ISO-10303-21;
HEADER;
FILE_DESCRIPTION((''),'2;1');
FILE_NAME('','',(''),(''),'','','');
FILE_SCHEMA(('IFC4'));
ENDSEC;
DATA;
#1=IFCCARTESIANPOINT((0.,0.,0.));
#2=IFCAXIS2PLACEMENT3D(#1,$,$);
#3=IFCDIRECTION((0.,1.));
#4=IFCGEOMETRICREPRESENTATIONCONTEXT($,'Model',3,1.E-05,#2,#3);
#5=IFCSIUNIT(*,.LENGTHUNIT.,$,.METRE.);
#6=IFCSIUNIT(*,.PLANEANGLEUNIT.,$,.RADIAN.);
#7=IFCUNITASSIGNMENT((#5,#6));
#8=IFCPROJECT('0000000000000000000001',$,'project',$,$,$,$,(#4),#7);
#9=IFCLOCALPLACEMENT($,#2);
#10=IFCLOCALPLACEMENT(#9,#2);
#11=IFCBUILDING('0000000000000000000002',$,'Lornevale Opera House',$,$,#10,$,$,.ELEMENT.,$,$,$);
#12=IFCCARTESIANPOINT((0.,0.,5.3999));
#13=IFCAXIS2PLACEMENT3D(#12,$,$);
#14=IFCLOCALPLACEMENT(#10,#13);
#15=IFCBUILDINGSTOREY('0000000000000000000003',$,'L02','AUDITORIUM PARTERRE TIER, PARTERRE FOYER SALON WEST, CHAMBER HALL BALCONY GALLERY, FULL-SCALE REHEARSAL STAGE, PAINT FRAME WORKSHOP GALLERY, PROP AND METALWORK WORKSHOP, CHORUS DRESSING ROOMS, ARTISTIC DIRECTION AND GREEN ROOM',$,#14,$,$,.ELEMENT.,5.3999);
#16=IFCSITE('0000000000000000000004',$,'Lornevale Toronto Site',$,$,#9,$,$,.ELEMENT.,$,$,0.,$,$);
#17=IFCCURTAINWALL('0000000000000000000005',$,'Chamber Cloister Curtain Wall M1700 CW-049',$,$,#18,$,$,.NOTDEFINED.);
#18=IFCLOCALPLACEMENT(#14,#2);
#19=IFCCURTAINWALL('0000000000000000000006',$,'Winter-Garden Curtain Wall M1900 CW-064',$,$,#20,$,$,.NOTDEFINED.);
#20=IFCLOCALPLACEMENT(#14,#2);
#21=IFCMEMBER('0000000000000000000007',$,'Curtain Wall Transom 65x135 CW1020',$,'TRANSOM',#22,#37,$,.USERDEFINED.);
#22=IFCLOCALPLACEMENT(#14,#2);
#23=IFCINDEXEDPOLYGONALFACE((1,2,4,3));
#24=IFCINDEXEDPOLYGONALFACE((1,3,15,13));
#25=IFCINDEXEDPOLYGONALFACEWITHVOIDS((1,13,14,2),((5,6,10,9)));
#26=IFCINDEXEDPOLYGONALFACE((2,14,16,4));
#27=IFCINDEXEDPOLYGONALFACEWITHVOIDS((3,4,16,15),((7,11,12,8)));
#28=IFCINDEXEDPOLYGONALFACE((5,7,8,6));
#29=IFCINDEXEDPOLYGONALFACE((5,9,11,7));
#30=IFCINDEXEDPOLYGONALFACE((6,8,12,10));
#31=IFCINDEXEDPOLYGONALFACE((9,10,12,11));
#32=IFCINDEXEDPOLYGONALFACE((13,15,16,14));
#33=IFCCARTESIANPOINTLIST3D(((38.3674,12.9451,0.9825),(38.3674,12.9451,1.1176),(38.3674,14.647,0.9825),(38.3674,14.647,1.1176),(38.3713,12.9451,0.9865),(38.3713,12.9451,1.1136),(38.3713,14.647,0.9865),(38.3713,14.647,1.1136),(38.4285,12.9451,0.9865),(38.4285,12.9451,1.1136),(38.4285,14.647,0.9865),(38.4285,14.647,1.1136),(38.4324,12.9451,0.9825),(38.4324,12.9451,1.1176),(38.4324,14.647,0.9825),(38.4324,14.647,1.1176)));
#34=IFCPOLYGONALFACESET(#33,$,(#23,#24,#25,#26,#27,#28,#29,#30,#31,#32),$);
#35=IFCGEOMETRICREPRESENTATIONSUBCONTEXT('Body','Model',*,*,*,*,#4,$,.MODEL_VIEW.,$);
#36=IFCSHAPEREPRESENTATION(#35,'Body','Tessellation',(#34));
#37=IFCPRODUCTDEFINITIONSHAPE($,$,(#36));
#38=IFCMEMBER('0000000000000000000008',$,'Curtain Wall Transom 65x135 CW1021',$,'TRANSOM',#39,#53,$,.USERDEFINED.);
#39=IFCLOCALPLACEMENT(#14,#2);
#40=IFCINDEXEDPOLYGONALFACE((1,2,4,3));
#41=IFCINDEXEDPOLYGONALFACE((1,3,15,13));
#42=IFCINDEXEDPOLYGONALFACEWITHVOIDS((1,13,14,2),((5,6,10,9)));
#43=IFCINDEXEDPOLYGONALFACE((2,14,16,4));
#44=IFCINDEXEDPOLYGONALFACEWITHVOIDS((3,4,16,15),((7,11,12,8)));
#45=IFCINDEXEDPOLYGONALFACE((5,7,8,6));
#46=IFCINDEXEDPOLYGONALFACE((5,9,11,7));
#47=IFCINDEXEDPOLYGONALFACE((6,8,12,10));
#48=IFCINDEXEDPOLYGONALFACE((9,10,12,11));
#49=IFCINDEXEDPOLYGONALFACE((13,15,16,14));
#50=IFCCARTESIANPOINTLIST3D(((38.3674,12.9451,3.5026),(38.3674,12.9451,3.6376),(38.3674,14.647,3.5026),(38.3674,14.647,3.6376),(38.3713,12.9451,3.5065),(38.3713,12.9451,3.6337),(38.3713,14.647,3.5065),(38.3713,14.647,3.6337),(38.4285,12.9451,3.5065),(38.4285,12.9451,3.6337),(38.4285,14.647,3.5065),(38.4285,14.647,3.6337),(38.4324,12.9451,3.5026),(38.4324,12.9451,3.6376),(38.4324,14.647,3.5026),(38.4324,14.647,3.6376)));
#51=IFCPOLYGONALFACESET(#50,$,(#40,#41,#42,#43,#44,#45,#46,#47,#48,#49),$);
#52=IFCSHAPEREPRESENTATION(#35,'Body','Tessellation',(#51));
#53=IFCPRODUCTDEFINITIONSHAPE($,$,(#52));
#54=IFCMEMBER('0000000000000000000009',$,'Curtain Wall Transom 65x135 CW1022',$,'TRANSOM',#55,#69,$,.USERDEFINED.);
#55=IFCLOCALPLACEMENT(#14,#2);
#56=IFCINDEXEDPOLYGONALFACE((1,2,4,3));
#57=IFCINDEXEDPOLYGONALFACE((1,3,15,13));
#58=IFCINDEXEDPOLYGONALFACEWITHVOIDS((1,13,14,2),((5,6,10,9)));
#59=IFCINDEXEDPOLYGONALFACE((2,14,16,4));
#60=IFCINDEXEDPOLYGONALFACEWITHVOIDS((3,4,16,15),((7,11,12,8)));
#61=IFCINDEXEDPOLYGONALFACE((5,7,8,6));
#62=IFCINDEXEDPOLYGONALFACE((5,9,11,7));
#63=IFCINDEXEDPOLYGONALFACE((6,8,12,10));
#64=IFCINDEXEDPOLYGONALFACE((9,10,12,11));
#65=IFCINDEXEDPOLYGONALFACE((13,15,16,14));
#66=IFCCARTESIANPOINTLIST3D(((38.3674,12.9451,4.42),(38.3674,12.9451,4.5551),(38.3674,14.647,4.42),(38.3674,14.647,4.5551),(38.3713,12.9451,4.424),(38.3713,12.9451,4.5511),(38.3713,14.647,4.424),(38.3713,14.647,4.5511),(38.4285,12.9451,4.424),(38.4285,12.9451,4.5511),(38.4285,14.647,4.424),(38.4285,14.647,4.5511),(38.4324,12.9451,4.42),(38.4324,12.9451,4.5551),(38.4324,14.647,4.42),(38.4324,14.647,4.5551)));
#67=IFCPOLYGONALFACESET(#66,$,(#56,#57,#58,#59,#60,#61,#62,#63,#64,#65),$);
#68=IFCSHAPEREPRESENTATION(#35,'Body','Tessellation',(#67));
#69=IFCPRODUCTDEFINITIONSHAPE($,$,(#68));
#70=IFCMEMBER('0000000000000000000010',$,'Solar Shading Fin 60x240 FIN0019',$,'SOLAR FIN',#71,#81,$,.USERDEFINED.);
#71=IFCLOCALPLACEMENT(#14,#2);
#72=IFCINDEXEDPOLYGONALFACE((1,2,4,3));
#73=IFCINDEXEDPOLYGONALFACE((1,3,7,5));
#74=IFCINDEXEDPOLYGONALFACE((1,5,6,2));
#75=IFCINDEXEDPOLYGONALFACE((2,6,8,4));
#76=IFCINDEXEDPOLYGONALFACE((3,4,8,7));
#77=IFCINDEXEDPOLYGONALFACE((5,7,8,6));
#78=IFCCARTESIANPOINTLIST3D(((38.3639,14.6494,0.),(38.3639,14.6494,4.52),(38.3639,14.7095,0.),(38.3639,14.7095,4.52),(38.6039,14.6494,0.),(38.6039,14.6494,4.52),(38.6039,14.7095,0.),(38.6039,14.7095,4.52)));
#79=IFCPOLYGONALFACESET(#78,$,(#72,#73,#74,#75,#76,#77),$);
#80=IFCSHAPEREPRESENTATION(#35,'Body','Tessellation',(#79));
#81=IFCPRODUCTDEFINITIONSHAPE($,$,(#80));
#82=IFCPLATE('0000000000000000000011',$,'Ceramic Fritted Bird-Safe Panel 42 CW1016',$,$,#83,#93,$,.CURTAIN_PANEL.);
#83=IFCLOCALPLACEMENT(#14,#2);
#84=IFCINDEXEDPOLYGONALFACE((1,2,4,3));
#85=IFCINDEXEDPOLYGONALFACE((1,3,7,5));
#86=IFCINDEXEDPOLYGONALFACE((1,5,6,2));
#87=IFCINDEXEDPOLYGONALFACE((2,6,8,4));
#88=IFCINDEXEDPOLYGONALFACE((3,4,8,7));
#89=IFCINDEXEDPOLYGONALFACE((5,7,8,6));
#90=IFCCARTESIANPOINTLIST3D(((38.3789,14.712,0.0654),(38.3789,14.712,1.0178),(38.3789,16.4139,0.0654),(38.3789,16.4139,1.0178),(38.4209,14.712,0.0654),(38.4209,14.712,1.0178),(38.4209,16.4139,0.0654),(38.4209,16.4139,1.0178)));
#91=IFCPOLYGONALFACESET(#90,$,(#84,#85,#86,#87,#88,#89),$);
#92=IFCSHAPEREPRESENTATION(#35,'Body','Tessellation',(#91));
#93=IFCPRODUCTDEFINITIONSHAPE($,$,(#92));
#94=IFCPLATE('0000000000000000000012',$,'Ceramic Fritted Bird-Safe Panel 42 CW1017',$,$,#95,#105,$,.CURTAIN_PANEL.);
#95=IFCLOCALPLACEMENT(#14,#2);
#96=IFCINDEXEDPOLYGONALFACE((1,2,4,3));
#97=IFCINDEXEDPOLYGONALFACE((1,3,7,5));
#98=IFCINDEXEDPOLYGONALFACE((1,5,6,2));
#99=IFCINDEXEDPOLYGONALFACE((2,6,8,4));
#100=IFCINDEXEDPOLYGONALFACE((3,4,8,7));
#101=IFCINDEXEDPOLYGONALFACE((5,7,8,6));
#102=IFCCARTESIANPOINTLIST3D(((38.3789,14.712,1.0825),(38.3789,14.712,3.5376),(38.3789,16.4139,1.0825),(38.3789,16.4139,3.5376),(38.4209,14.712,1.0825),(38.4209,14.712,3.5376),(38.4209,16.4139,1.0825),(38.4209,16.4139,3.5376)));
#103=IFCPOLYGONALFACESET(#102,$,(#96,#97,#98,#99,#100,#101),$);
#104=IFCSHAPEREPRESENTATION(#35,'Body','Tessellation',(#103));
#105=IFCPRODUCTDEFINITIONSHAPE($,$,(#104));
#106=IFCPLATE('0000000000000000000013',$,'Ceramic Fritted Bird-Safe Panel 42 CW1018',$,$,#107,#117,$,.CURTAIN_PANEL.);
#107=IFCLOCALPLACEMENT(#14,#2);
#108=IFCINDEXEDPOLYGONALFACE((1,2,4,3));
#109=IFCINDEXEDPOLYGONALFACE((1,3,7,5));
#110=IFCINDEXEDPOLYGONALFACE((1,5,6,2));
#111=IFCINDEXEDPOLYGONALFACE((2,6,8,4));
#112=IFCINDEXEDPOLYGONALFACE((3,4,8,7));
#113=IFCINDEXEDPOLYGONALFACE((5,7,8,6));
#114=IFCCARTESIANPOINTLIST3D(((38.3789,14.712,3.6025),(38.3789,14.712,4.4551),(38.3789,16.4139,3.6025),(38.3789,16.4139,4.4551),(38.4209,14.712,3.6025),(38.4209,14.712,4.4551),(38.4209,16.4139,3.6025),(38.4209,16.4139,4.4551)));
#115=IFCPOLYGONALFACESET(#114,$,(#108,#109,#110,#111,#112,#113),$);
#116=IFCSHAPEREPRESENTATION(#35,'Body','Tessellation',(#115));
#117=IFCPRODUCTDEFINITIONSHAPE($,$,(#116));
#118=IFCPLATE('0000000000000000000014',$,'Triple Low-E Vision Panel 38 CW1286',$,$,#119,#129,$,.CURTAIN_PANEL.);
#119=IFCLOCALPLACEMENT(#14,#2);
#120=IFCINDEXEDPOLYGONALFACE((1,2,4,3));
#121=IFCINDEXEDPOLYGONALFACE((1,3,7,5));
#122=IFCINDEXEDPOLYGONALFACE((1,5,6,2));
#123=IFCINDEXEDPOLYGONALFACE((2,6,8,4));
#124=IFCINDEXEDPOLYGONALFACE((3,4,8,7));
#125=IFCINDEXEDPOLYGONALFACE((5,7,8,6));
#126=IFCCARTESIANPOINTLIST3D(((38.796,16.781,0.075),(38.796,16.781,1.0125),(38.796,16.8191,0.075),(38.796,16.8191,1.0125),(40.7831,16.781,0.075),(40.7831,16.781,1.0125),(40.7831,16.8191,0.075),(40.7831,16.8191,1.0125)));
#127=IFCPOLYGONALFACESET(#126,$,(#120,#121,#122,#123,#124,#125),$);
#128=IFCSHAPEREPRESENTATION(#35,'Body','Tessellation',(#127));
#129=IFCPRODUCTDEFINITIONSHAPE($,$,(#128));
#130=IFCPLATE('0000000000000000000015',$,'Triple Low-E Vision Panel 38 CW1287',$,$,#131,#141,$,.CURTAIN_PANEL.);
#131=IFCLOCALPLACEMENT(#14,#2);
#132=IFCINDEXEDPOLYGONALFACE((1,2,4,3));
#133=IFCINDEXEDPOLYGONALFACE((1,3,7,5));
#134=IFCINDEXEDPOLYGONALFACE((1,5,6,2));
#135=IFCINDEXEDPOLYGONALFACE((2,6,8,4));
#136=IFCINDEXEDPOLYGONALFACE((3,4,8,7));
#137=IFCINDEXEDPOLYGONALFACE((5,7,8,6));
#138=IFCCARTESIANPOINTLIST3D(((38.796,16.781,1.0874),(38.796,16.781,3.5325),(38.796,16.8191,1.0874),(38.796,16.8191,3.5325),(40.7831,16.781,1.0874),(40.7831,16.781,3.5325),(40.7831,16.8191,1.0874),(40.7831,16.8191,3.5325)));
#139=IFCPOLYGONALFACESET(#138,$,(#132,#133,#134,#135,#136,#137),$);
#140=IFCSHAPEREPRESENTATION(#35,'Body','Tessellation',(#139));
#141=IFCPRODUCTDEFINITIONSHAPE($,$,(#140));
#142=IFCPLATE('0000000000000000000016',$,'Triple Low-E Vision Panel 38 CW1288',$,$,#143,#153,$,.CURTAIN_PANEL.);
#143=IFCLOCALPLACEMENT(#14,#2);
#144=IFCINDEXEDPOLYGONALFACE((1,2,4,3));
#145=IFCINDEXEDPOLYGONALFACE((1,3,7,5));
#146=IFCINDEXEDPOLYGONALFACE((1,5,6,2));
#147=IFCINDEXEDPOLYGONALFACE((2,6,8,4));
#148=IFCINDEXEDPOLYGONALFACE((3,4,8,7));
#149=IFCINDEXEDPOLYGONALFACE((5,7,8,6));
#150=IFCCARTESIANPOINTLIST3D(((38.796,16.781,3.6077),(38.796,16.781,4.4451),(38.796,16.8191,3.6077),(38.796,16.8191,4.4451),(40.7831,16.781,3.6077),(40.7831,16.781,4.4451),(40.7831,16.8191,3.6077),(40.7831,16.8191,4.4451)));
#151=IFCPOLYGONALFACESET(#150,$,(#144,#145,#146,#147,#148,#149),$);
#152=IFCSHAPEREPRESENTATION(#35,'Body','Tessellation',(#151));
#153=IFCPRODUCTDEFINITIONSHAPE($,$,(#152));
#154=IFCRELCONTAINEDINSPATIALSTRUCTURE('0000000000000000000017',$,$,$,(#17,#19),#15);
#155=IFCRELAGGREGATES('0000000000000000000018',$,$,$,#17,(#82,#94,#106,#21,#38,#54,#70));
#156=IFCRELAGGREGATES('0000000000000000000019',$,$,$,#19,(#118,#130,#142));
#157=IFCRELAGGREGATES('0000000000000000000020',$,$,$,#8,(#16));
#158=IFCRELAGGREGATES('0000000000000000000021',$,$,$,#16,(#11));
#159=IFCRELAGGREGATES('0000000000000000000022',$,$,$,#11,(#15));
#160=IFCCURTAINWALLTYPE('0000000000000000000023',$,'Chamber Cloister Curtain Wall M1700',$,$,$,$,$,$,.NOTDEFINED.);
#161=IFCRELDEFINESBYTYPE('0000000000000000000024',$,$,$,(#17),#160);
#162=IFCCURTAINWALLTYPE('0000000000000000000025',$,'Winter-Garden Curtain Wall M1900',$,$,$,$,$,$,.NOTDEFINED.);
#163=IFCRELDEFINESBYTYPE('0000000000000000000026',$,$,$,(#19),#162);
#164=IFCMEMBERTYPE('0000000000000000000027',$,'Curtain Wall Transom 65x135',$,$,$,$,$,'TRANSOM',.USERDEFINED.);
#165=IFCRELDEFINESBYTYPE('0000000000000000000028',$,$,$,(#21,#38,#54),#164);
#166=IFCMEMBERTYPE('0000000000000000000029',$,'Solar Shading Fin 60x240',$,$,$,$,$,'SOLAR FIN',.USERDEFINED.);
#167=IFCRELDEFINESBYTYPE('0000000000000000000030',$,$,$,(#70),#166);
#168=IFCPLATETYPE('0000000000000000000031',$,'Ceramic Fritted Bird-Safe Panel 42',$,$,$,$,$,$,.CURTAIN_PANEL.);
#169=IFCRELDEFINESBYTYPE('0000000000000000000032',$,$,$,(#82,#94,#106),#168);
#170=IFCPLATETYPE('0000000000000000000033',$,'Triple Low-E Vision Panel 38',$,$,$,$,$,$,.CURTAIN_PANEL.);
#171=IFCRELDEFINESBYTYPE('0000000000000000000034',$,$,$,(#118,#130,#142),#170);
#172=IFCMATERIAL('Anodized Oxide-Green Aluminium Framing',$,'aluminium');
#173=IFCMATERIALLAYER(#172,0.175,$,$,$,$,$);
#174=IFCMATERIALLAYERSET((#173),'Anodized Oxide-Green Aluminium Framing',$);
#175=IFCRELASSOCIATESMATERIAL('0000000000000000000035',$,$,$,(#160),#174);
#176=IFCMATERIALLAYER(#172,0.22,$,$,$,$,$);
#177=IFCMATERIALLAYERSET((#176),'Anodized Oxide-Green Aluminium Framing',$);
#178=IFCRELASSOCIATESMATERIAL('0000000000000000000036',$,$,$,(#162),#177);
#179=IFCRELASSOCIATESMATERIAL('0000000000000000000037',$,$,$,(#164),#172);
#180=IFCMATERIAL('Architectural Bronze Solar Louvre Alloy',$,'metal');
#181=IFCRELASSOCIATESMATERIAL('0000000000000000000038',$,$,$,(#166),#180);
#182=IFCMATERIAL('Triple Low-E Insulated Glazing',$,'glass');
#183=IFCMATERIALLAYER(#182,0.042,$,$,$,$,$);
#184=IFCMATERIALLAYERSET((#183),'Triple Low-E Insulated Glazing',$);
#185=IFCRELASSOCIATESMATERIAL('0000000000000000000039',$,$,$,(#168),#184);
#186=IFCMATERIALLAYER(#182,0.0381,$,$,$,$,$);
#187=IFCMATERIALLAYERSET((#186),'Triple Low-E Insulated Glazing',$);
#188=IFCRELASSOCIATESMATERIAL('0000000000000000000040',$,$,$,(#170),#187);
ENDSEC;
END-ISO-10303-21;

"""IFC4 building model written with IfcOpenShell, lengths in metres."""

from ifc_helpers import new_model, si_unit, direction, frame, origin, origin_2d, place, context, subcontext, project, spatial, rectangle, hollow_rectangle, extrude, material, layer, layer_set, material_profile, profile_set, type_object, element, aggregate, save


model = new_model("IFC4")

# Units and contexts
model_context = context("Model", 3, precision=1e-05, world=origin(), true_north=direction((0.0, 1.0)))
body_context = subcontext(model_context, "Body", "Model", "MODEL_VIEW")
ifc_project = project(units=[si_unit("LENGTHUNIT", "METRE"), si_unit("PLANEANGLEUNIT", "RADIAN")], contexts=[model_context])

# Site, building, storey
site_placement = place(None, origin())
site = spatial("IfcSite", under=ifc_project, at=site_placement, Name="Lornevale Toronto Site", CompositionType="ELEMENT", RefElevation=0.0)
building_placement = place(site_placement, origin())
building = spatial("IfcBuilding", under=site, at=building_placement, Name="Lornevale Opera House", CompositionType="ELEMENT")
storey_placement = place(building_placement, frame((0.0, 0.0, 5.3999)))
storey = spatial("IfcBuildingStorey", under=building, at=storey_placement, Name="L02", Description="AUDITORIUM PARTERRE TIER, PARTERRE FOYER SALON WEST, CHAMBER HALL BALCONY GALLERY, FULL-SCALE REHEARSAL STAGE, PAINT FRAME WORKSHOP GALLERY, PROP AND METALWORK WORKSHOP, CHORUS DRESSING ROOMS, ARTISTIC DIRECTION AND GREEN ROOM", CompositionType="ELEMENT", Elevation=5.3999)

# Curtain wall
ifc_material_1 = material(Name="Anodized Oxide-Green Aluminium Framing", Category="aluminium")
ifc_layer_1 = layer(ifc_material_1, 0.175)
ifc_layer_set_1 = layer_set([ifc_layer_1], Name="Anodized Oxide-Green Aluminium Framing")
curtain_wall_type_1 = type_object("IfcCurtainWallType", Name="Chamber Cloister Curtain Wall M1700", PredefinedType="NOTDEFINED", material=ifc_layer_set_1)
curtain_wall_1_placement = place(storey_placement, origin())
curtain_wall_1 = element("IfcCurtainWall", 1, at=curtain_wall_1_placement, inside=storey, type_object=curtain_wall_type_1, Name="Chamber Cloister Curtain Wall M1700 CW-049", PredefinedType="NOTDEFINED")

# Curtain wall
ifc_layer_2 = layer(ifc_material_1, 0.22)
ifc_layer_set_2 = layer_set([ifc_layer_2], Name="Anodized Oxide-Green Aluminium Framing")
curtain_wall_type_2 = type_object("IfcCurtainWallType", Name="Winter-Garden Curtain Wall M1900", PredefinedType="NOTDEFINED", material=ifc_layer_set_2)
curtain_wall_2_placement = place(storey_placement, origin())
curtain_wall_2 = element("IfcCurtainWall", 2, at=curtain_wall_2_placement, inside=storey, type_object=curtain_wall_type_2, Name="Winter-Garden Curtain Wall M1900 CW-064", PredefinedType="NOTDEFINED")

# Members
ifc_material_profile_1 = material_profile(ifc_material_1, hollow_rectangle(XDim=0.0649, YDim=0.135, WallThickness=0.0039, at=origin_2d()), Name="ALU65x135x4")
ifc_profile_set_1 = profile_set([ifc_material_profile_1], Name="Anodized Oxide-Green Aluminium Framing")
member_type_1 = type_object("IfcMemberType", Name="Curtain Wall Transom 65x135", ElementType="TRANSOM", PredefinedType="USERDEFINED", material=ifc_profile_set_1)
member_1_placement = place(storey_placement, frame((38.3999, 14.647, 1.05), z_axis=(0.0, -1.0, 0.0), x_axis=(1.0, 0.0, 0.0)))
member_1 = element("IfcMember", 3, at=member_1_placement, type_object=member_type_1, Name="Curtain Wall Transom 65x135 CW1020", ObjectType="TRANSOM", PredefinedType="USERDEFINED", context=body_context, shape_type="SweptSolid", body=[
    extrude(hollow_rectangle(XDim=0.0649, YDim=0.135, WallThickness=0.0039, at=origin_2d()), origin(), (0.0, 0.0, 1.0), 1.7019),
])
member_2_placement = place(storey_placement, frame((38.3999, 14.647, 3.5701), z_axis=(0.0, -1.0, 0.0), x_axis=(1.0, 0.0, 0.0)))
member_2 = element("IfcMember", 4, at=member_2_placement, type_object=member_type_1, Name="Curtain Wall Transom 65x135 CW1021", ObjectType="TRANSOM", PredefinedType="USERDEFINED", context=body_context, shape_type="SweptSolid", body=[
    extrude(hollow_rectangle(XDim=0.0649, YDim=0.135, WallThickness=0.0039, at=origin_2d()), origin(), (0.0, 0.0, 1.0), 1.7019),
])
member_3_placement = place(storey_placement, frame((38.3999, 14.647, 4.4875), z_axis=(0.0, -1.0, 0.0), x_axis=(1.0, 0.0, 0.0)))
member_3 = element("IfcMember", 5, at=member_3_placement, type_object=member_type_1, Name="Curtain Wall Transom 65x135 CW1022", ObjectType="TRANSOM", PredefinedType="USERDEFINED", context=body_context, shape_type="SweptSolid", body=[
    extrude(hollow_rectangle(XDim=0.0649, YDim=0.135, WallThickness=0.0039, at=origin_2d()), origin(), (0.0, 0.0, 1.0), 1.7019),
])
ifc_material_2 = material(Name="Architectural Bronze Solar Louvre Alloy", Category="metal")
ifc_material_profile_2 = material_profile(ifc_material_2, rectangle(XDim=0.0601, YDim=0.24, at=origin_2d()), Name="FIN60x240")
ifc_profile_set_2 = profile_set([ifc_material_profile_2], Name="Architectural Bronze Solar Louvre Alloy")
member_type_2 = type_object("IfcMemberType", Name="Solar Shading Fin 60x240", ElementType="SOLAR FIN", PredefinedType="USERDEFINED", material=ifc_profile_set_2)
member_4_placement = place(storey_placement, frame((38.4839, 14.6794, 0.0), z_axis=(0.0, 0.0, 1.0), x_axis=(0.0, -1.0, 0.0)))
member_4 = element("IfcMember", 6, at=member_4_placement, type_object=member_type_2, Name="Solar Shading Fin 60x240 FIN0019", ObjectType="SOLAR FIN", PredefinedType="USERDEFINED", context=body_context, shape_type="SweptSolid", body=[
    extrude(rectangle(XDim=0.0601, YDim=0.24, at=origin_2d()), origin(), (0.0, 0.0, 1.0), 4.52),
])

# Plates
ifc_material_3 = material(Name="Triple Low-E Insulated Glazing", Category="glass")
ifc_layer_3 = layer(ifc_material_3, 0.042)
ifc_layer_set_3 = layer_set([ifc_layer_3], Name="Triple Low-E Insulated Glazing")
plate_type_1 = type_object("IfcPlateType", Name="Ceramic Fritted Bird-Safe Panel 42", PredefinedType="CURTAIN_PANEL", material=ifc_layer_set_3)
plate_1_placement = place(storey_placement, frame((38.3999, 15.563, 0.0654), z_axis=(0.0, 0.0, 1.0), x_axis=(0.0, -1.0, 0.0)))
plate_1 = element("IfcPlate", 7, at=plate_1_placement, type_object=plate_type_1, Name="Ceramic Fritted Bird-Safe Panel 42 CW1016", PredefinedType="CURTAIN_PANEL", context=body_context, shape_type="SweptSolid", body=[
    extrude(rectangle(XDim=1.7019, YDim=0.042, at=origin_2d()), origin(), (0.0, 0.0, 1.0), 0.9524),
])
plate_2_placement = place(storey_placement, frame((38.3999, 15.563, 1.0825), z_axis=(0.0, 0.0, 1.0), x_axis=(0.0, -1.0, 0.0)))
plate_2 = element("IfcPlate", 8, at=plate_2_placement, type_object=plate_type_1, Name="Ceramic Fritted Bird-Safe Panel 42 CW1017", PredefinedType="CURTAIN_PANEL", context=body_context, shape_type="SweptSolid", body=[
    extrude(rectangle(XDim=1.7019, YDim=0.042, at=origin_2d()), origin(), (0.0, 0.0, 1.0), 2.4551),
])
plate_3_placement = place(storey_placement, frame((38.3999, 15.563, 3.6025), z_axis=(0.0, 0.0, 1.0), x_axis=(0.0, -1.0, 0.0)))
plate_3 = element("IfcPlate", 9, at=plate_3_placement, type_object=plate_type_1, Name="Ceramic Fritted Bird-Safe Panel 42 CW1018", PredefinedType="CURTAIN_PANEL", context=body_context, shape_type="SweptSolid", body=[
    extrude(rectangle(XDim=1.7019, YDim=0.042, at=origin_2d()), origin(), (0.0, 0.0, 1.0), 0.8525),
])
aggregate(curtain_wall_1, [plate_1, plate_2, plate_3, member_1, member_2, member_3, member_4])
ifc_layer_4 = layer(ifc_material_3, 0.0381)
ifc_layer_set_4 = layer_set([ifc_layer_4], Name="Triple Low-E Insulated Glazing")
plate_type_2 = type_object("IfcPlateType", Name="Triple Low-E Vision Panel 38", PredefinedType="CURTAIN_PANEL", material=ifc_layer_set_4)
plate_4_placement = place(storey_placement, frame((39.7896, 16.8, 0.075), z_axis=(0.0, 0.0, 1.0), x_axis=(-1.0, 0.0, 0.0)))
plate_4 = element("IfcPlate", 10, at=plate_4_placement, type_object=plate_type_2, Name="Triple Low-E Vision Panel 38 CW1286", PredefinedType="CURTAIN_PANEL", context=body_context, shape_type="SweptSolid", body=[
    extrude(rectangle(XDim=1.9871, YDim=0.0381, at=origin_2d()), origin(), (0.0, 0.0, 1.0), 0.9375),
])
plate_5_placement = place(storey_placement, frame((39.7896, 16.8, 1.0874), z_axis=(0.0, 0.0, 1.0), x_axis=(-1.0, 0.0, 0.0)))
plate_5 = element("IfcPlate", 11, at=plate_5_placement, type_object=plate_type_2, Name="Triple Low-E Vision Panel 38 CW1287", PredefinedType="CURTAIN_PANEL", context=body_context, shape_type="SweptSolid", body=[
    extrude(rectangle(XDim=1.9871, YDim=0.0381, at=origin_2d()), origin(), (0.0, 0.0, 1.0), 2.4451),
])
plate_6_placement = place(storey_placement, frame((39.7896, 16.8, 3.6077), z_axis=(0.0, 0.0, 1.0), x_axis=(-1.0, 0.0, 0.0)))
plate_6 = element("IfcPlate", 12, at=plate_6_placement, type_object=plate_type_2, Name="Triple Low-E Vision Panel 38 CW1288", PredefinedType="CURTAIN_PANEL", context=body_context, shape_type="SweptSolid", body=[
    extrude(rectangle(XDim=1.9871, YDim=0.0381, at=origin_2d()), origin(), (0.0, 0.0, 1.0), 0.8374),
])
aggregate(curtain_wall_2, [plate_4, plate_5, plate_6])

save(model, "model.ifc")
